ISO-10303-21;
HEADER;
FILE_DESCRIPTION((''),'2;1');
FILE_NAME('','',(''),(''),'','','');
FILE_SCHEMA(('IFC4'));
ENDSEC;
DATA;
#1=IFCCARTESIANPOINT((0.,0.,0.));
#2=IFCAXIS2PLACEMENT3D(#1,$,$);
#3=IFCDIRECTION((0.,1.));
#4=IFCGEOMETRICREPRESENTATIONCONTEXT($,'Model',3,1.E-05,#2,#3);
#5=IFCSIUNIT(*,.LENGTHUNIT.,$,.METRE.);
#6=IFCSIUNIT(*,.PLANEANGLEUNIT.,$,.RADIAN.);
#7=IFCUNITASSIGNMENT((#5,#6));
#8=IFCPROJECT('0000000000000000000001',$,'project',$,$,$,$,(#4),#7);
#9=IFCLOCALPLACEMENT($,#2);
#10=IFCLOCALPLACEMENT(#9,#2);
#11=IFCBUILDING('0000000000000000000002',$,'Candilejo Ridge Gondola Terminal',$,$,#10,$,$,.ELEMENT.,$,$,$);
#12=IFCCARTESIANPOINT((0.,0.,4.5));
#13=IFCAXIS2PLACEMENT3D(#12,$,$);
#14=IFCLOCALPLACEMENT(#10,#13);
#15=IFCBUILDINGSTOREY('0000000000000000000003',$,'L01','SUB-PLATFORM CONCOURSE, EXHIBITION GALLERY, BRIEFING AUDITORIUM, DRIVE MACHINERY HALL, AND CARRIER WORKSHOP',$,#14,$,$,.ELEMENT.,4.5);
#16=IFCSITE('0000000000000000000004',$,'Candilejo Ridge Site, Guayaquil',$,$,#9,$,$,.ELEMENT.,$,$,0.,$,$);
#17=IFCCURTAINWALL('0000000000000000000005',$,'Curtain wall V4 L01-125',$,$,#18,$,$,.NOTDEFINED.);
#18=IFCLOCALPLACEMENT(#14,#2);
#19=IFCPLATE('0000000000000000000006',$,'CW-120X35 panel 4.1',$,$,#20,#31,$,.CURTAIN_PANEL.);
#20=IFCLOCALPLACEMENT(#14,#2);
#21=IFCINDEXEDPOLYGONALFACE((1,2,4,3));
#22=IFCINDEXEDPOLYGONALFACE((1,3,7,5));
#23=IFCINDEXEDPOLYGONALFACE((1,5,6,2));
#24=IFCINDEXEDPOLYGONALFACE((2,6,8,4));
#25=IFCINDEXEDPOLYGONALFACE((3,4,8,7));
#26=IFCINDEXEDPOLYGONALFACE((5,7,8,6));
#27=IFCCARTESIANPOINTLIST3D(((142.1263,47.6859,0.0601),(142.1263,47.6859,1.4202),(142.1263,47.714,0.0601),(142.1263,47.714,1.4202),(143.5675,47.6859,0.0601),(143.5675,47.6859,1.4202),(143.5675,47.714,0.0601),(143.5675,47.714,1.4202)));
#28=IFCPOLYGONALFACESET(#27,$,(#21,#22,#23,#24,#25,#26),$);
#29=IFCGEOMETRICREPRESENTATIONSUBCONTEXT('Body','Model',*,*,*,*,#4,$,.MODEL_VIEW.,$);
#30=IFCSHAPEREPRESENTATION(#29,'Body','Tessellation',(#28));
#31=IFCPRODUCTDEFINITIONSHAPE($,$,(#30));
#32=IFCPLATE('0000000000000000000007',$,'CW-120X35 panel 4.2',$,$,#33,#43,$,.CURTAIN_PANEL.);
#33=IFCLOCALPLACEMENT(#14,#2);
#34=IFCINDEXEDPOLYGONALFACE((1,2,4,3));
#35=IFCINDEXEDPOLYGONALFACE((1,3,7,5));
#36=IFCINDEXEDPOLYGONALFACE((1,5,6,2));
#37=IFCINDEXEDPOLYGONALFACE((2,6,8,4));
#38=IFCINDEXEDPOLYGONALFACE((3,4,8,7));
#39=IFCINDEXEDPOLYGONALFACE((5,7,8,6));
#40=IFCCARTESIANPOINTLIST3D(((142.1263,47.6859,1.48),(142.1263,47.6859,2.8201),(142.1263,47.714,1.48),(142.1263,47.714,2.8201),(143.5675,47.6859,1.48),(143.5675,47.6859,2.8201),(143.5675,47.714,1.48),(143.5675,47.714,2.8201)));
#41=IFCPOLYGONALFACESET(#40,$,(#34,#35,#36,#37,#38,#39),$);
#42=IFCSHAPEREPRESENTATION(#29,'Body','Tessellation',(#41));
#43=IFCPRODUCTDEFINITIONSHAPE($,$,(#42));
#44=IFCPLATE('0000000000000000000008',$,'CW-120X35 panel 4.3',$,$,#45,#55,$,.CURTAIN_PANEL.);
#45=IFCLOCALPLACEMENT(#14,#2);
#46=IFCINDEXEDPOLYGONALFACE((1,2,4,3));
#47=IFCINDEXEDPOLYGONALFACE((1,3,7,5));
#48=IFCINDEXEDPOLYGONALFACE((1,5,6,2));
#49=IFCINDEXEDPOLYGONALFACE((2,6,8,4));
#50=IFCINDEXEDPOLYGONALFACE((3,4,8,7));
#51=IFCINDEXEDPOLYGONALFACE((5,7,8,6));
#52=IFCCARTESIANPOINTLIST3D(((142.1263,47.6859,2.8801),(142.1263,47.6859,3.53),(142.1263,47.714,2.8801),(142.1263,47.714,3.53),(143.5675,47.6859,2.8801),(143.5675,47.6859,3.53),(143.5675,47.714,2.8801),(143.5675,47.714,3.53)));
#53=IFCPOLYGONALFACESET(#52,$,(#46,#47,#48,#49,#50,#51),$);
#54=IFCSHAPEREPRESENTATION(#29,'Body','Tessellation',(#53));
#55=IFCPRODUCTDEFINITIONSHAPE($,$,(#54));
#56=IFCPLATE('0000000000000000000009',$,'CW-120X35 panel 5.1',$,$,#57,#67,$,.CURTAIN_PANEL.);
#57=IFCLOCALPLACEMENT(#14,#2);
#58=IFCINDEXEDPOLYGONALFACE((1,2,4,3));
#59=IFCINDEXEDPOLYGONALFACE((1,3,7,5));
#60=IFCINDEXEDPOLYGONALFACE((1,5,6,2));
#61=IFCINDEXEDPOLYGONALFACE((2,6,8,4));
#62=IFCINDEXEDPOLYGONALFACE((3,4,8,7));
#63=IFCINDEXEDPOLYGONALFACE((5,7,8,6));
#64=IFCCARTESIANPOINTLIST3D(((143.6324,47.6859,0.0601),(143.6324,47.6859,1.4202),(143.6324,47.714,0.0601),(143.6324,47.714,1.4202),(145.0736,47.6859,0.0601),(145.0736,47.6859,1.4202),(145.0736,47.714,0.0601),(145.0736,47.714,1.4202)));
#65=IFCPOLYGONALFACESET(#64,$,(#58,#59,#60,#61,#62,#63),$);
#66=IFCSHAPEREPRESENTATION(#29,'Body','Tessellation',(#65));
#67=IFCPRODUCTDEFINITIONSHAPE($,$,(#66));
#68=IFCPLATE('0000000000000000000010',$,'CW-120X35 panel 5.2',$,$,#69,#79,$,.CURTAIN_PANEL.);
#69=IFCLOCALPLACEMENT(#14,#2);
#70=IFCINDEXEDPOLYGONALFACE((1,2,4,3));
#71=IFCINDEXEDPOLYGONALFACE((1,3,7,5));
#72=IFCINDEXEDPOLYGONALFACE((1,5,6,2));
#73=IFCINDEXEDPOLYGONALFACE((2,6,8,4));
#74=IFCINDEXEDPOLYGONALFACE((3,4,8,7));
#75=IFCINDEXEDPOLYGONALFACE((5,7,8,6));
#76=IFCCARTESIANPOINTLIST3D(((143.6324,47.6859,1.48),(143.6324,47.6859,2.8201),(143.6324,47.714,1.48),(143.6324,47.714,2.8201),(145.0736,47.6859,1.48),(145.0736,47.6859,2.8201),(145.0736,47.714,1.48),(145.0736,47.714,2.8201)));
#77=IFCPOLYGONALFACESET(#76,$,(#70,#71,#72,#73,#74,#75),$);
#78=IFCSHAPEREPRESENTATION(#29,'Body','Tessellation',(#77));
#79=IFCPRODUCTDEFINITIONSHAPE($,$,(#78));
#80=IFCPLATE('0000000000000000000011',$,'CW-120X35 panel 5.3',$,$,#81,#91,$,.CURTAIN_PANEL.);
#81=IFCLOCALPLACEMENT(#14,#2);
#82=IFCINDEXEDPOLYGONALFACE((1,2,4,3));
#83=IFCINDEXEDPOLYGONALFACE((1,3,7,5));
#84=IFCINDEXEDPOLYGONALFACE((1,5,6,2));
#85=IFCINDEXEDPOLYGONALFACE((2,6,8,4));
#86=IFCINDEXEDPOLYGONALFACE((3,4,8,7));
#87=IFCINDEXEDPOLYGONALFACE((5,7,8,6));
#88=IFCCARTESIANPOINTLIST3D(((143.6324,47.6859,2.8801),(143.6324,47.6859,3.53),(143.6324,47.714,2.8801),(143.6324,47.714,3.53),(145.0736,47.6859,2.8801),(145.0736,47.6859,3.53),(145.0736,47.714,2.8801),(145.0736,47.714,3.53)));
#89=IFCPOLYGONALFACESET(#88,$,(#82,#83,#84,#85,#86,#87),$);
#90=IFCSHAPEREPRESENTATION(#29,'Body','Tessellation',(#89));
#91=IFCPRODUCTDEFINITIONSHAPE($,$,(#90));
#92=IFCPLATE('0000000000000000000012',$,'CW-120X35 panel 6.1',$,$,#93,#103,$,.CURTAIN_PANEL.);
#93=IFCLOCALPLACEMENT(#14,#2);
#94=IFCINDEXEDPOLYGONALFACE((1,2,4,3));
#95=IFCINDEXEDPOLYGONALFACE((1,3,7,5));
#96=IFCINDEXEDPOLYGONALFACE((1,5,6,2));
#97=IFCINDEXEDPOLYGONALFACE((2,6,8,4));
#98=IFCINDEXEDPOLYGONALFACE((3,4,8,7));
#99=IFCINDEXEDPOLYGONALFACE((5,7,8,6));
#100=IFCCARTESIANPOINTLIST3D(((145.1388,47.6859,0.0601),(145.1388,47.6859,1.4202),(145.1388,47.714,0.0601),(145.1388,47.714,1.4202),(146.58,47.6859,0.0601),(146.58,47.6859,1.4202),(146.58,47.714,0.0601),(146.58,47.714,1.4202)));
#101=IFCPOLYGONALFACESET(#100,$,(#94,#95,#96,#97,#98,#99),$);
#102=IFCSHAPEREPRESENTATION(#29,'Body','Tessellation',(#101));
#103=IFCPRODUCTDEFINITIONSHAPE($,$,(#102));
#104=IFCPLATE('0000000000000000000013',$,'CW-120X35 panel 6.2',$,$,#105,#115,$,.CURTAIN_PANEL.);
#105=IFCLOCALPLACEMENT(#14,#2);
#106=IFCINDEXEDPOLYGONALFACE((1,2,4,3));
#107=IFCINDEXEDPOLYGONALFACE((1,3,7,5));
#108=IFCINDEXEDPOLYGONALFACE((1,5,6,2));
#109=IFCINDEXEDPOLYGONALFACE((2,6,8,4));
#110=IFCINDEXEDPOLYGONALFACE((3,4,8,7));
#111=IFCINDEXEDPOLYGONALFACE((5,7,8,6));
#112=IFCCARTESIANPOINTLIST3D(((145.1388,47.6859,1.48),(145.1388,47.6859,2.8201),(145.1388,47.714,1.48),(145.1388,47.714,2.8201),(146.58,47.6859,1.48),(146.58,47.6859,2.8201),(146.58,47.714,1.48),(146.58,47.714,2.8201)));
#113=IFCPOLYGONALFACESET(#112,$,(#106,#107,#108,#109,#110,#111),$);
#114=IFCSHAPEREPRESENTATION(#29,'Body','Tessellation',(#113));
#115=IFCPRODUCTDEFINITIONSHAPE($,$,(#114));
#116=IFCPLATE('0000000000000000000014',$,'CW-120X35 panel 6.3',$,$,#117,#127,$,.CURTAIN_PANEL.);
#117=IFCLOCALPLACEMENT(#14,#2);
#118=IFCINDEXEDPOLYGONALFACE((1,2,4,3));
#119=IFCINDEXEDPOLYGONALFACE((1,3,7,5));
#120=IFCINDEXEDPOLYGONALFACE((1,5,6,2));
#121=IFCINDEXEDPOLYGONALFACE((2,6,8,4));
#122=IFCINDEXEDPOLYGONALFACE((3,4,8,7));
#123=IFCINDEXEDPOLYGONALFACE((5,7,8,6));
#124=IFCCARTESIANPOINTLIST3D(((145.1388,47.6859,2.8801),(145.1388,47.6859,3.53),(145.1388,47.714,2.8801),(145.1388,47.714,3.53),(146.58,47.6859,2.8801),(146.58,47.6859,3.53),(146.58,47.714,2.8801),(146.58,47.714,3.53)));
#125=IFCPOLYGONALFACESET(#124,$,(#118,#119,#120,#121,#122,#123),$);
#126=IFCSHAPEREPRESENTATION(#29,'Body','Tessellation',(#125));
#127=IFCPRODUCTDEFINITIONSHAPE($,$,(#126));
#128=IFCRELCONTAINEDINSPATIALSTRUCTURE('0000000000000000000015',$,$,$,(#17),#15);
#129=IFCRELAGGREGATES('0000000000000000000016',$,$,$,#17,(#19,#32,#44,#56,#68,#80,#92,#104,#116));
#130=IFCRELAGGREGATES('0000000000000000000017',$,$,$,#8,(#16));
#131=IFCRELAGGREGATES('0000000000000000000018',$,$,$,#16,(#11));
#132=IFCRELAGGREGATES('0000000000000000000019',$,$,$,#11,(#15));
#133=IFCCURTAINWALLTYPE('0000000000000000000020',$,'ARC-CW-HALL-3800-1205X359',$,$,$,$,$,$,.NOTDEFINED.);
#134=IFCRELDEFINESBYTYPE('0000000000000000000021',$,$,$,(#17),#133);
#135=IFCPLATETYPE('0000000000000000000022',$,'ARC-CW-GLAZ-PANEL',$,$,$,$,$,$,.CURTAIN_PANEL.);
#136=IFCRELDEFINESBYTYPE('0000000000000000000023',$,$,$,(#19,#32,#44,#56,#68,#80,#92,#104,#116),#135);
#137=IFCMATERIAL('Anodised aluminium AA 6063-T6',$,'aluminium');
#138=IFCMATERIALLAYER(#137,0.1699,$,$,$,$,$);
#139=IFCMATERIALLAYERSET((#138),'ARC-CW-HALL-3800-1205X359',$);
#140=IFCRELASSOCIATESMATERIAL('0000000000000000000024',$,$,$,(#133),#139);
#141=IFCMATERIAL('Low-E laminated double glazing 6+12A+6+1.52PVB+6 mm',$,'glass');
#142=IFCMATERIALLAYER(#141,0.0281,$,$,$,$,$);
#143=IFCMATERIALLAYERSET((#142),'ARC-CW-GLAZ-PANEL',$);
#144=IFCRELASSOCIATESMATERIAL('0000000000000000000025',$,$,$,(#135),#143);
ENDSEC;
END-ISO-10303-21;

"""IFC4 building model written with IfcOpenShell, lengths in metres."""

from ifc_helpers import new_model, si_unit, direction, frame, origin, origin_2d, place, context, subcontext, project, spatial, rectangle, extrude, material, layer, layer_set, type_object, element, aggregate, save


model = new_model("IFC4")

# Units and contexts
model_context = context("Model", 3, precision=1e-05, world=origin(), true_north=direction((0.0, 1.0)))
body_context = subcontext(model_context, "Body", "Model", "MODEL_VIEW")
ifc_project = project(units=[si_unit("LENGTHUNIT", "METRE"), si_unit("PLANEANGLEUNIT", "RADIAN")], contexts=[model_context])

# Site, building, storey
site_placement = place(None, origin())
site = spatial("IfcSite", under=ifc_project, at=site_placement, Name="Candilejo Ridge Site, Guayaquil", CompositionType="ELEMENT", RefElevation=0.0)
building_placement = place(site_placement, origin())
building = spatial("IfcBuilding", under=site, at=building_placement, Name="Candilejo Ridge Gondola Terminal", CompositionType="ELEMENT")
storey_placement = place(building_placement, frame((0.0, 0.0, 4.5)))
storey = spatial("IfcBuildingStorey", under=building, at=storey_placement, Name="L01", Description="SUB-PLATFORM CONCOURSE, EXHIBITION GALLERY, BRIEFING AUDITORIUM, DRIVE MACHINERY HALL, AND CARRIER WORKSHOP", CompositionType="ELEMENT", Elevation=4.5)

# Curtain wall, plates
ifc_material_1 = material(Name="Anodised aluminium AA 6063-T6", Category="aluminium")
ifc_layer_1 = layer(ifc_material_1, 0.1699)
ifc_layer_set_1 = layer_set([ifc_layer_1], Name="ARC-CW-HALL-3800-1205X359")
curtain_wall_type = type_object("IfcCurtainWallType", Name="ARC-CW-HALL-3800-1205X359", PredefinedType="NOTDEFINED", material=ifc_layer_set_1)
curtain_wall_placement = place(storey_placement, origin())
curtain_wall = element("IfcCurtainWall", 1, at=curtain_wall_placement, inside=storey, type_object=curtain_wall_type, Name="Curtain wall V4 L01-125", PredefinedType="NOTDEFINED")
ifc_material_2 = material(Name="Low-E laminated double glazing 6+12A+6+1.52PVB+6 mm", Category="glass")
ifc_layer_2 = layer(ifc_material_2, 0.0281)
ifc_layer_set_2 = layer_set([ifc_layer_2], Name="ARC-CW-GLAZ-PANEL")
plate_type = type_object("IfcPlateType", Name="ARC-CW-GLAZ-PANEL", PredefinedType="CURTAIN_PANEL", material=ifc_layer_set_2)
plate_1_placement = place(storey_placement, frame((142.8469, 47.7, 0.0601), z_axis=(0.0, 0.0, 1.0), x_axis=(1.0, 0.0, 0.0)))
plate_1 = element("IfcPlate", 2, at=plate_1_placement, type_object=plate_type, Name="CW-120X35 panel 4.1", PredefinedType="CURTAIN_PANEL", context=body_context, shape_type="SweptSolid", body=[
    extrude(rectangle(XDim=1.4412, YDim=0.0281, at=origin_2d()), origin(), (0.0, 0.0, 1.0), 1.3601),
])
plate_2_placement = place(storey_placement, frame((142.8469, 47.7, 1.48), z_axis=(0.0, 0.0, 1.0), x_axis=(1.0, 0.0, 0.0)))
plate_2 = element("IfcPlate", 3, at=plate_2_placement, type_object=plate_type, Name="CW-120X35 panel 4.2", PredefinedType="CURTAIN_PANEL", context=body_context, shape_type="SweptSolid", body=[
    extrude(rectangle(XDim=1.4412, YDim=0.0281, at=origin_2d()), origin(), (0.0, 0.0, 1.0), 1.3401),
])
plate_3_placement = place(storey_placement, frame((142.8469, 47.7, 2.8801), z_axis=(0.0, 0.0, 1.0), x_axis=(1.0, 0.0, 0.0)))
plate_3 = element("IfcPlate", 4, at=plate_3_placement, type_object=plate_type, Name="CW-120X35 panel 4.3", PredefinedType="CURTAIN_PANEL", context=body_context, shape_type="SweptSolid", body=[
    extrude(rectangle(XDim=1.4412, YDim=0.0281, at=origin_2d()), origin(), (0.0, 0.0, 1.0), 0.6499),
])
plate_4_placement = place(storey_placement, frame((144.353, 47.7, 0.0601), z_axis=(0.0, 0.0, 1.0), x_axis=(1.0, 0.0, 0.0)))
plate_4 = element("IfcPlate", 5, at=plate_4_placement, type_object=plate_type, Name="CW-120X35 panel 5.1", PredefinedType="CURTAIN_PANEL", context=body_context, shape_type="SweptSolid", body=[
    extrude(rectangle(XDim=1.4412, YDim=0.0281, at=origin_2d()), origin(), (0.0, 0.0, 1.0), 1.3601),
])
plate_5_placement = place(storey_placement, frame((144.353, 47.7, 1.48), z_axis=(0.0, 0.0, 1.0), x_axis=(1.0, 0.0, 0.0)))
plate_5 = element("IfcPlate", 6, at=plate_5_placement, type_object=plate_type, Name="CW-120X35 panel 5.2", PredefinedType="CURTAIN_PANEL", context=body_context, shape_type="SweptSolid", body=[
    extrude(rectangle(XDim=1.4412, YDim=0.0281, at=origin_2d()), origin(), (0.0, 0.0, 1.0), 1.3401),
])
plate_6_placement = place(storey_placement, frame((144.353, 47.7, 2.8801), z_axis=(0.0, 0.0, 1.0), x_axis=(1.0, 0.0, 0.0)))
plate_6 = element("IfcPlate", 7, at=plate_6_placement, type_object=plate_type, Name="CW-120X35 panel 5.3", PredefinedType="CURTAIN_PANEL", context=body_context, shape_type="SweptSolid", body=[
    extrude(rectangle(XDim=1.4412, YDim=0.0281, at=origin_2d()), origin(), (0.0, 0.0, 1.0), 0.6499),
])
plate_7_placement = place(storey_placement, frame((145.8594, 47.7, 0.0601), z_axis=(0.0, 0.0, 1.0), x_axis=(1.0, 0.0, 0.0)))
plate_7 = element("IfcPlate", 8, at=plate_7_placement, type_object=plate_type, Name="CW-120X35 panel 6.1", PredefinedType="CURTAIN_PANEL", context=body_context, shape_type="SweptSolid", body=[
    extrude(rectangle(XDim=1.4412, YDim=0.0281, at=origin_2d()), origin(), (0.0, 0.0, 1.0), 1.3601),
])
plate_8_placement = place(storey_placement, frame((145.8594, 47.7, 1.48), z_axis=(0.0, 0.0, 1.0), x_axis=(1.0, 0.0, 0.0)))
plate_8 = element("IfcPlate", 9, at=plate_8_placement, type_object=plate_type, Name="CW-120X35 panel 6.2", PredefinedType="CURTAIN_PANEL", context=body_context, shape_type="SweptSolid", body=[
    extrude(rectangle(XDim=1.4412, YDim=0.0281, at=origin_2d()), origin(), (0.0, 0.0, 1.0), 1.3401),
])
plate_9_placement = place(storey_placement, frame((145.8594, 47.7, 2.8801), z_axis=(0.0, 0.0, 1.0), x_axis=(1.0, 0.0, 0.0)))
plate_9 = element("IfcPlate", 10, at=plate_9_placement, type_object=plate_type, Name="CW-120X35 panel 6.3", PredefinedType="CURTAIN_PANEL", context=body_context, shape_type="SweptSolid", body=[
    extrude(rectangle(XDim=1.4412, YDim=0.0281, at=origin_2d()), origin(), (0.0, 0.0, 1.0), 0.6499),
])
aggregate(curtain_wall, [plate_1, plate_2, plate_3, plate_4, plate_5, plate_6, plate_7, plate_8, plate_9])

save(model, "model.ifc")
